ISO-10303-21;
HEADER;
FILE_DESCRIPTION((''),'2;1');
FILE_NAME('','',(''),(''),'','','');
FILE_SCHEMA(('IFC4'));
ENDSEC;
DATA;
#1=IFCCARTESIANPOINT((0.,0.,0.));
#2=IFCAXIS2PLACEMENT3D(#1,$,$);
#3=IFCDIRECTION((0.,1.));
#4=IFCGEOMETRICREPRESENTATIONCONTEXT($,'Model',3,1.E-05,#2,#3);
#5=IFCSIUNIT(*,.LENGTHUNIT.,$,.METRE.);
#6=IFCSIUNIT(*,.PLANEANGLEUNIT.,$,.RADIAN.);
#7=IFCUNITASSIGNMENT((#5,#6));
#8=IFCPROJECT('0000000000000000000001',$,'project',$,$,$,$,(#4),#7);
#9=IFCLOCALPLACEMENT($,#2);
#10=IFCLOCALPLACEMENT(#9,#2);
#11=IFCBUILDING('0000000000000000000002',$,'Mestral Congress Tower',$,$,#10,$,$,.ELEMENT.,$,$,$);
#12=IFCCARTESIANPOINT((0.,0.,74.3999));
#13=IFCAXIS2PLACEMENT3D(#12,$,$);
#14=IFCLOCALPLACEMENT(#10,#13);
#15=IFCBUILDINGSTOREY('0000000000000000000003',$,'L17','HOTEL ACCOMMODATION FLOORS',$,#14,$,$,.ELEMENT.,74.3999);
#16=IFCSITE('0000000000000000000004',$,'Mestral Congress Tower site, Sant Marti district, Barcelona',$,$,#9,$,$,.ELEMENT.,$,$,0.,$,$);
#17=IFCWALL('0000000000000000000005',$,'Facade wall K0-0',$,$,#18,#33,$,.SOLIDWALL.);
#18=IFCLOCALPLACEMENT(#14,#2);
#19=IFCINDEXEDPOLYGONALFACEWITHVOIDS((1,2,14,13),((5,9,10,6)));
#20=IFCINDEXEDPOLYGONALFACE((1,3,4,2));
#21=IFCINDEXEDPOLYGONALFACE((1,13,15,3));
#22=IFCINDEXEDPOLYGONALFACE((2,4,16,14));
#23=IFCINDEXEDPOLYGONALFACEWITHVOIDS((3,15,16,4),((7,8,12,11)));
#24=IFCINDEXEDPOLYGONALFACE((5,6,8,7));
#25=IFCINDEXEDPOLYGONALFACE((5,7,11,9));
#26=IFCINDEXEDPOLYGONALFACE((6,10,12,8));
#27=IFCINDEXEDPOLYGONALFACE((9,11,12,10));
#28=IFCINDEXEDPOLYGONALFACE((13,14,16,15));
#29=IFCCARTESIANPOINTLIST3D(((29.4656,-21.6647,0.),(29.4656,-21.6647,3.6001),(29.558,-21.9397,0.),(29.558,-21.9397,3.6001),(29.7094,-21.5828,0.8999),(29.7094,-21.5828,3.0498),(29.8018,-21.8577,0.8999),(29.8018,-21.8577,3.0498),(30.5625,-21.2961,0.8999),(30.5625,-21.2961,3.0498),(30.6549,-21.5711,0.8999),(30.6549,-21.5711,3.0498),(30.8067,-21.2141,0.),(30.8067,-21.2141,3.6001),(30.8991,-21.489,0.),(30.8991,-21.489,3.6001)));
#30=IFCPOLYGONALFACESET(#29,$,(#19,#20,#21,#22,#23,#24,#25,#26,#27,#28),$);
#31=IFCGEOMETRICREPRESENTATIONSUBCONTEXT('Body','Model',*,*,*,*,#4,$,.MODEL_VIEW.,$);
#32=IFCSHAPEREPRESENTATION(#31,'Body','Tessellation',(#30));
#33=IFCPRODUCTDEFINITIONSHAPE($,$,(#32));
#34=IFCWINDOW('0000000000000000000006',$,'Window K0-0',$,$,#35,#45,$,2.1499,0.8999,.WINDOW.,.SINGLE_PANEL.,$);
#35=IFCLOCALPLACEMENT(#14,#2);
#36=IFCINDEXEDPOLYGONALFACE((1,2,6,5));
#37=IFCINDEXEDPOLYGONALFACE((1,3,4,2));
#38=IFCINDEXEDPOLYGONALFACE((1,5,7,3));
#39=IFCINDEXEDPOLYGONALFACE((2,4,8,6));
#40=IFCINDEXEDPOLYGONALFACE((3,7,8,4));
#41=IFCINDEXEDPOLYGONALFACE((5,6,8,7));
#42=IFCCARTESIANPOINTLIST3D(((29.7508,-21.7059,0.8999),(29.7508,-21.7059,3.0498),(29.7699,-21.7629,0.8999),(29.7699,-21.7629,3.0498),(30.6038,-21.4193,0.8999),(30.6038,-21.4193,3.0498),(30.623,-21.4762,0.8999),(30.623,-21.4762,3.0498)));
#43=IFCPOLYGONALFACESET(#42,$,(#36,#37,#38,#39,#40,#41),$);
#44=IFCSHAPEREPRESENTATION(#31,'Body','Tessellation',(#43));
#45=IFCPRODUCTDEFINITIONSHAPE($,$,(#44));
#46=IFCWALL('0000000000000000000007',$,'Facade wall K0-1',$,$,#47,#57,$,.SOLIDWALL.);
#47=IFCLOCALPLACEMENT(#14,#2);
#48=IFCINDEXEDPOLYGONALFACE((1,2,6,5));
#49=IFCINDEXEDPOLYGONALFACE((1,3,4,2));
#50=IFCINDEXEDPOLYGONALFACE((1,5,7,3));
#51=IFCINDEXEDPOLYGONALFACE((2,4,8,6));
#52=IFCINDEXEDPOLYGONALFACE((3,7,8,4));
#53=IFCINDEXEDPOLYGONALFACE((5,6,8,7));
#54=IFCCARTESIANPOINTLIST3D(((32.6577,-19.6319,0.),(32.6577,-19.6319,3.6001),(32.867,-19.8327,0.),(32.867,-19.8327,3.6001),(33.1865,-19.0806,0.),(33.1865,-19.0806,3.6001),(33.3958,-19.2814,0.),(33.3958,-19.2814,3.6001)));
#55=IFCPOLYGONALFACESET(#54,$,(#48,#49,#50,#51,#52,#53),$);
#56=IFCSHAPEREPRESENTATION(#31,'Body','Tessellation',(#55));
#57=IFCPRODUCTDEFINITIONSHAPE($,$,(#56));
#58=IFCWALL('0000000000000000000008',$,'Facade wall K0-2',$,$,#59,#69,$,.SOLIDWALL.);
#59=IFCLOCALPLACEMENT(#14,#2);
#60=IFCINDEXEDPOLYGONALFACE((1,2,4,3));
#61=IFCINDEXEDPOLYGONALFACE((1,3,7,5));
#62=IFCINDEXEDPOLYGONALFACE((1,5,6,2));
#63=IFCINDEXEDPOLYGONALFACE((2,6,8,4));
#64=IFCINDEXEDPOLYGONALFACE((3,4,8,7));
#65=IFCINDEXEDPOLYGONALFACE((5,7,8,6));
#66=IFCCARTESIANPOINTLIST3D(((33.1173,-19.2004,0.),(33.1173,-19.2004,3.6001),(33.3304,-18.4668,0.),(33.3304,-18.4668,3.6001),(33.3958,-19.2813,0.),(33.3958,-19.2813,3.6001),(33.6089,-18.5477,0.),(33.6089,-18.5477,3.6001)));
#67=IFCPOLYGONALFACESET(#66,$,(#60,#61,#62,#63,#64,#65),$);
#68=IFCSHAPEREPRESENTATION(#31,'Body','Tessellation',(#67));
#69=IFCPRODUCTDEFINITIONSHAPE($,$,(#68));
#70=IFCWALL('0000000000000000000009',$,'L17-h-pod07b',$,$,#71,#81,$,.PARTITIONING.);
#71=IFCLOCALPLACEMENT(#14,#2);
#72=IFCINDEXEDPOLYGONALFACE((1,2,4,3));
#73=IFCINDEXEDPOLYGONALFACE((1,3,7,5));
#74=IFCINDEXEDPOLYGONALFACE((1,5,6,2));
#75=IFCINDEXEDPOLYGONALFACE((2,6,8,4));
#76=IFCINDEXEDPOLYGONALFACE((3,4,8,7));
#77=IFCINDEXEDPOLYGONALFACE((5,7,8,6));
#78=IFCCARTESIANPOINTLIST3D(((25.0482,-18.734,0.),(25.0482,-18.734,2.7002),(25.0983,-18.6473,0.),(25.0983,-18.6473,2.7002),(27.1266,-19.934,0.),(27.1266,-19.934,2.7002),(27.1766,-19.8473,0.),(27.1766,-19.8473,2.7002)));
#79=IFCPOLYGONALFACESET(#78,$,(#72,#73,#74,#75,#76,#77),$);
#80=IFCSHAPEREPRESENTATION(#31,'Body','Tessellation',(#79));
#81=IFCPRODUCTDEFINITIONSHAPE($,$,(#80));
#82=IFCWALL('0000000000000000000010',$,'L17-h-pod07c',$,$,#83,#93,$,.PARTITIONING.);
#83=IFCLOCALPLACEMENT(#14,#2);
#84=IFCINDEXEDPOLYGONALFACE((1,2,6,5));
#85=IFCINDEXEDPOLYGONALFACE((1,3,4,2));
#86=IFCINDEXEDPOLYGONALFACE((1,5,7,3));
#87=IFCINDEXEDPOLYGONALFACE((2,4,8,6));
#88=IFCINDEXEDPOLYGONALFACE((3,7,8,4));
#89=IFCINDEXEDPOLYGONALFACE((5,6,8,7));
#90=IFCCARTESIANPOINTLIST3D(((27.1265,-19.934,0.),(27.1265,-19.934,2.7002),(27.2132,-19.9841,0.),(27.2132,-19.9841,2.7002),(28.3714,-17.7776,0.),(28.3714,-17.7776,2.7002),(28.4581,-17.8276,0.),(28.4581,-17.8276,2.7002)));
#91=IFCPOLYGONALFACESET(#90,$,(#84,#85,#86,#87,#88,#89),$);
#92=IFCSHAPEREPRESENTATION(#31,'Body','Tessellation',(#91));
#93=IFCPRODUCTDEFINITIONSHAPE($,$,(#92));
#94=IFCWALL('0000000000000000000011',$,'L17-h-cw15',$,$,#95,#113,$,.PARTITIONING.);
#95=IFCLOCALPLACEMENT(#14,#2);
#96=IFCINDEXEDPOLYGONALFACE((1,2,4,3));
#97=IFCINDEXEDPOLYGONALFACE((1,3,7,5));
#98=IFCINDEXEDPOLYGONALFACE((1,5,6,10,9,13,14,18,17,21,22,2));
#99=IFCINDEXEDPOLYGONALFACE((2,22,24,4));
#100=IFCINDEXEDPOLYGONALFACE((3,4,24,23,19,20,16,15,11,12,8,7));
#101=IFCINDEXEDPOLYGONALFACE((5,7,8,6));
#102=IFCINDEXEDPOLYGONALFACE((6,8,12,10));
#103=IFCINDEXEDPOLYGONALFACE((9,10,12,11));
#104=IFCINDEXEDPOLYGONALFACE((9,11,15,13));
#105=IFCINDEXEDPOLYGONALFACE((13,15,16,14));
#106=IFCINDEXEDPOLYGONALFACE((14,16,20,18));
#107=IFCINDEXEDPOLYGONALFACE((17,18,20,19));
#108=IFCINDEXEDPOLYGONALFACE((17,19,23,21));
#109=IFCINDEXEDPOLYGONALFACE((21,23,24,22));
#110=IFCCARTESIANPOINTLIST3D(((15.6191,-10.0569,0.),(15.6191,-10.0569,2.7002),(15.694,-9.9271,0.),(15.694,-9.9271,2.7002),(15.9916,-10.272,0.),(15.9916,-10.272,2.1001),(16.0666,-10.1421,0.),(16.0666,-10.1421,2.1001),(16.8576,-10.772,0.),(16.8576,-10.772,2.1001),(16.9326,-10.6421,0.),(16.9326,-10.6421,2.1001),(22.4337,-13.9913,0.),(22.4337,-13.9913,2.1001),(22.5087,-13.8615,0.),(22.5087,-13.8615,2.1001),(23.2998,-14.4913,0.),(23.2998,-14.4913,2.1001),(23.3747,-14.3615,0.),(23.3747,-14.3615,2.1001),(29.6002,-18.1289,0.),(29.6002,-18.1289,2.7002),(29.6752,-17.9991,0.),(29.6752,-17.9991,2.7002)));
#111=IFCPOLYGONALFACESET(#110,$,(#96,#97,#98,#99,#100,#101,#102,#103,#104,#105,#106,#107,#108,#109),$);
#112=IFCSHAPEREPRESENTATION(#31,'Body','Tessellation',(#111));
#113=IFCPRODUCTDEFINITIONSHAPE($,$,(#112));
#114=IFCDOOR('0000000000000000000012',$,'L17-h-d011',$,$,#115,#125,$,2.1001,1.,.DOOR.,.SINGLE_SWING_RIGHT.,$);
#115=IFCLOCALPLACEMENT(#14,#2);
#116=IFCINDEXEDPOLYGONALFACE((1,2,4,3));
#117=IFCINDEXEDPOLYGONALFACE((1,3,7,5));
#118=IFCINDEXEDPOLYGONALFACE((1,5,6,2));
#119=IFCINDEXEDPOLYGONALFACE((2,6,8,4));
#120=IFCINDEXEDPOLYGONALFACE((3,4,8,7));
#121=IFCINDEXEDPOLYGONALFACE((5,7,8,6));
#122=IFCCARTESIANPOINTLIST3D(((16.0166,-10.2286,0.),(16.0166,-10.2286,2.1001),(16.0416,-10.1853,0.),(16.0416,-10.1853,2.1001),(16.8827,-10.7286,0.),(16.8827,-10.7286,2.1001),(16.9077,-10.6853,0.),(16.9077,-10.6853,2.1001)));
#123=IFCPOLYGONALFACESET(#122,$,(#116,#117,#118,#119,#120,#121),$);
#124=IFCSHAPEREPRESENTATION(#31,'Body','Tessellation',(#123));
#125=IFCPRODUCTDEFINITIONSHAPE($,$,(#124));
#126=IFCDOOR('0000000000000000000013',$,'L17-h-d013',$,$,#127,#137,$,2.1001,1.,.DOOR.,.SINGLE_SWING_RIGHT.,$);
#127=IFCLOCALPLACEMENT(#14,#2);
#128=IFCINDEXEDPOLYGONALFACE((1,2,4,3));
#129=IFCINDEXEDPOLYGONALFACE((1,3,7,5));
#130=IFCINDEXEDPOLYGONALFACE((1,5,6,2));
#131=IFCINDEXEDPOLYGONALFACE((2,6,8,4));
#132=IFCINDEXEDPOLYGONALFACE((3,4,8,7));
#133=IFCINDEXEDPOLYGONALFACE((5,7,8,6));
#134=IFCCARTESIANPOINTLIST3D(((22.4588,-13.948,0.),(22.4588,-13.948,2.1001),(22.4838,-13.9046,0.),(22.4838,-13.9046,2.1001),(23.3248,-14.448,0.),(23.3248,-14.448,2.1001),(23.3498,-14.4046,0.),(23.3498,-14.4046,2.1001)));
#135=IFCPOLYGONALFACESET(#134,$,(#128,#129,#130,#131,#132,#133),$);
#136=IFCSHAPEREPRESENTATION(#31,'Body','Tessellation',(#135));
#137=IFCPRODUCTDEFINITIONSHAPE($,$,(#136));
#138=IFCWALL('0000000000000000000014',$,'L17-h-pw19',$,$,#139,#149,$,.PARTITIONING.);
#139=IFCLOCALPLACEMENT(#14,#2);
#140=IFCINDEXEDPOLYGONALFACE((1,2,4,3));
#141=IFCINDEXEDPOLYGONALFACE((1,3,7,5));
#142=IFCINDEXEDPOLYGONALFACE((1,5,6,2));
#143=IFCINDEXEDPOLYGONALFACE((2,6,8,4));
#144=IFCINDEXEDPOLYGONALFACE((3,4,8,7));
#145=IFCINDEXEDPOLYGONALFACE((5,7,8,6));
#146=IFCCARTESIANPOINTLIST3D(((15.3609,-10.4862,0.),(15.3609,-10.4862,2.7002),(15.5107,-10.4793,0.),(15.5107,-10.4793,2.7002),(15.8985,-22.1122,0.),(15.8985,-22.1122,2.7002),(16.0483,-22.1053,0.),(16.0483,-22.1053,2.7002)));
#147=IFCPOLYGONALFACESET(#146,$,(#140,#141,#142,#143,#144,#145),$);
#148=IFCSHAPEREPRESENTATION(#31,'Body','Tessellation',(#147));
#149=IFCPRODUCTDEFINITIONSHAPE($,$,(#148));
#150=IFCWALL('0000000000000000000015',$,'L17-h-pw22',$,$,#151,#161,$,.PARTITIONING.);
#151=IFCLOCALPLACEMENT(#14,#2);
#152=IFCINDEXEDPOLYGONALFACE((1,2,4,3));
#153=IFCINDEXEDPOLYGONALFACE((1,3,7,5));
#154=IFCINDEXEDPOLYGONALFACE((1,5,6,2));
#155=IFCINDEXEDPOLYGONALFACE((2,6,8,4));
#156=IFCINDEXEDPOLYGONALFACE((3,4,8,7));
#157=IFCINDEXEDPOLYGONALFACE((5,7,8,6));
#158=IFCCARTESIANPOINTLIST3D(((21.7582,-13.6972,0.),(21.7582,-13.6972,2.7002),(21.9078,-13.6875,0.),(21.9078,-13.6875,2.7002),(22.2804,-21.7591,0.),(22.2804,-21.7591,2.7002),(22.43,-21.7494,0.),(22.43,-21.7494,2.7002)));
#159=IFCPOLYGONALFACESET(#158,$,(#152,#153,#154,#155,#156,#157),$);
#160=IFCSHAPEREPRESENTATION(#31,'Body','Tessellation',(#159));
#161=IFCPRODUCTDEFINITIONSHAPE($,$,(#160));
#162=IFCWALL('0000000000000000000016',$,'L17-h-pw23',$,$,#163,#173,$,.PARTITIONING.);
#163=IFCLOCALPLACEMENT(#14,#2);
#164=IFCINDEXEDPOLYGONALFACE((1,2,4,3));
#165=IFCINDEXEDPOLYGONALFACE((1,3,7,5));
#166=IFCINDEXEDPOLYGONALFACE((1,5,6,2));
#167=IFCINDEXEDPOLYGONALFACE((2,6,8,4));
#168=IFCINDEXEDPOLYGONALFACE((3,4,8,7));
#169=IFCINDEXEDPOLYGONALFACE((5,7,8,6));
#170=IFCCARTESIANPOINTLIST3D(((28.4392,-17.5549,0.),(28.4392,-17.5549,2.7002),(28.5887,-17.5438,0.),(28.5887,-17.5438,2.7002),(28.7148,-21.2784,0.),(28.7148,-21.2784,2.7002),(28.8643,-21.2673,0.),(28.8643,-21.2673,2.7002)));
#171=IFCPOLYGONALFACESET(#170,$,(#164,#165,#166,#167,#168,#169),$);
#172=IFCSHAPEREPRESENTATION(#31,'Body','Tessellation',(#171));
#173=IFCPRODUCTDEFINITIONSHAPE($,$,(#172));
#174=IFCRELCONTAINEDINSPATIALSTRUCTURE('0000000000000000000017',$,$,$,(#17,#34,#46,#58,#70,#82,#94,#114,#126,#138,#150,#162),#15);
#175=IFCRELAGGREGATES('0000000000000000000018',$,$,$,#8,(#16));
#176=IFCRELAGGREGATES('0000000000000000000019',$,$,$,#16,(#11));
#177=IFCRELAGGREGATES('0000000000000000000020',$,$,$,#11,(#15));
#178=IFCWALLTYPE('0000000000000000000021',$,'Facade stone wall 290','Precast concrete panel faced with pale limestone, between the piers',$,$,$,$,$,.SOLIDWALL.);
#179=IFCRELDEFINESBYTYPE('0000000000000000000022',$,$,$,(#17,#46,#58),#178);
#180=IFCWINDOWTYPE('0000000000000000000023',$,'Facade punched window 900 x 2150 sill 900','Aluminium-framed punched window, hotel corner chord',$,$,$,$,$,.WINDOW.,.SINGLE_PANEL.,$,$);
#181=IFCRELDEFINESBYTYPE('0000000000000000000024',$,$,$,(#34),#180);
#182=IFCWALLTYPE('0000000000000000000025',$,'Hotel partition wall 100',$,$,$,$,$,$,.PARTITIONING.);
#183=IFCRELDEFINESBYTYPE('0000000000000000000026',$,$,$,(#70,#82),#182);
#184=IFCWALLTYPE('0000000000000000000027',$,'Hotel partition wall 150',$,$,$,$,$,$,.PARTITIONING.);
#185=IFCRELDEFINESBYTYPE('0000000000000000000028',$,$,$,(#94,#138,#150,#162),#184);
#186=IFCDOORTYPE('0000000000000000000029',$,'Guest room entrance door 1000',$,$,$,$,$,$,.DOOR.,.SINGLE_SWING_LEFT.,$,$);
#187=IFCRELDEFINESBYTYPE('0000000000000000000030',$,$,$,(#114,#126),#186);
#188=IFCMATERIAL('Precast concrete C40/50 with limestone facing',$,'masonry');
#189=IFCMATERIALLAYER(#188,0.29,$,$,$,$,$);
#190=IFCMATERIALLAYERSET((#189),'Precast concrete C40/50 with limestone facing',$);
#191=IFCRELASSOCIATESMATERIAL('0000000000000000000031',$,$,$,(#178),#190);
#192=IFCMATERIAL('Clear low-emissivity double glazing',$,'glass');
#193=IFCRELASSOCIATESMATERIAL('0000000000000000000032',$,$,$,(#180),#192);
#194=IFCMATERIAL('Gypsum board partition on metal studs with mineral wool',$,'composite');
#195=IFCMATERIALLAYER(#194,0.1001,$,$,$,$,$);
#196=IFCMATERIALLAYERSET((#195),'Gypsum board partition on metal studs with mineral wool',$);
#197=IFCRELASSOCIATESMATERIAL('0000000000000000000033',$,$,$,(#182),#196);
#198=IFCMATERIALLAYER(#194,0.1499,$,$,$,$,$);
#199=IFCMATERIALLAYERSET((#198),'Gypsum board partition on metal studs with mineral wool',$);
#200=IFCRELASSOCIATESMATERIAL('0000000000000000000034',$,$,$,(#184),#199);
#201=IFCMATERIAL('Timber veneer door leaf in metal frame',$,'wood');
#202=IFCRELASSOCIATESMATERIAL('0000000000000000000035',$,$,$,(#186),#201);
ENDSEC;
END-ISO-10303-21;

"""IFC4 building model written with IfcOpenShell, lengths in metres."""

from ifc_helpers import new_model, si_unit, direction, frame, frame_2d, origin, place, context, subcontext, project, spatial, rectangle, extrude, material, layer, layer_set, type_object, element, fill, save


model = new_model("IFC4")

# Units and contexts
model_context = context("Model", 3, precision=1e-05, world=origin(), true_north=direction((0.0, 1.0)))
body_context = subcontext(model_context, "Body", "Model", "MODEL_VIEW")
ifc_project = project(units=[si_unit("LENGTHUNIT", "METRE"), si_unit("PLANEANGLEUNIT", "RADIAN")], contexts=[model_context])

# Site, building, storey
site_placement = place(None, origin())
site = spatial("IfcSite", under=ifc_project, at=site_placement, Name="Mestral Congress Tower site, Sant Marti district, Barcelona", CompositionType="ELEMENT", RefElevation=0.0)
building_placement = place(site_placement, origin())
building = spatial("IfcBuilding", under=site, at=building_placement, Name="Mestral Congress Tower", CompositionType="ELEMENT")
storey_placement = place(building_placement, frame((0.0, 0.0, 74.3999)))
storey = spatial("IfcBuildingStorey", under=building, at=storey_placement, Name="L17", Description="HOTEL ACCOMMODATION FLOORS", CompositionType="ELEMENT", Elevation=74.3999)

# Shared definitions
ifc_material_1 = material(Name="Precast concrete C40/50 with limestone facing", Category="masonry")
ifc_layer_1 = layer(ifc_material_1, 0.29)
ifc_layer_set_1 = layer_set([ifc_layer_1], Name="Precast concrete C40/50 with limestone facing")
wall_type_1 = type_object("IfcWallType", Name="Facade stone wall 290", Description="Precast concrete panel faced with pale limestone, between the piers", PredefinedType="SOLIDWALL", material=ifc_layer_set_1)
ifc_material_2 = material(Name="Clear low-emissivity double glazing", Category="glass")

# Wall, opening, window
wall_1_placement = place(storey_placement, frame((29.5117, -21.8022, 0.0), z_axis=(0.0, 0.0, 1.0), x_axis=(0.947904, 0.318556, 0.0)))
wall_1 = element("IfcWall", 1, at=wall_1_placement, inside=storey, type_object=wall_type_1, Name="Facade wall K0-0", PredefinedType="SOLIDWALL", context=body_context, shape_type="SweptSolid", body=[
    extrude(rectangle(XDim=1.4148, YDim=0.29, at=frame_2d((0.7075, 0.0))), origin(), (0.0, 0.0, 1.0), 3.6001),
])
opening_1_placement = place(wall_1_placement, frame((0.2573, 0.0, 0.8999)))
opening_1 = element("IfcOpeningElement", 2, at=opening_1_placement, cuts=wall_1, PredefinedType="OPENING", context=body_context, shape_type="SweptSolid", body=[
    extrude(rectangle(XDim=0.8999, YDim=2.1499, at=frame_2d((0.45, 1.075))), frame((0.0, 0.155, 0.0), z_axis=(0.0, -1.0, 0.0), x_axis=(1.0, 0.0, 0.0)), (0.0, 0.0, 1.0), 0.3101),
])
window_type_1 = type_object("IfcWindowType", Name="Facade punched window 900 x 2150 sill 900", Description="Aluminium-framed punched window, hotel corner chord", PartitioningType="SINGLE_PANEL", PredefinedType="WINDOW", material=ifc_material_2)
window_1_placement = place(opening_1_placement, origin())
window_1 = element("IfcWindow", 3, at=window_1_placement, inside=storey, type_object=window_type_1, Name="Window K0-0", OverallHeight=2.1499, OverallWidth=0.8999, PartitioningType="SINGLE_PANEL", PredefinedType="WINDOW", context=body_context, shape_type="SweptSolid", body=[
    extrude(rectangle(XDim=0.8999, YDim=2.1499, at=frame_2d((0.45, 1.075))), frame((0.0, 0.0151, 0.0), z_axis=(0.0, -1.0, 0.0), x_axis=(1.0, 0.0, 0.0)), (0.0, 0.0, 1.0), 0.0601),
])
fill(opening_1, window_1)

# Walls
for number, where, z_axis, x_axis, name in (
    (4, (32.7625, -19.7322, 0.0), (0.0, 0.0, 1.0), (0.692252, 0.721656, 0.0), "Facade wall K0-1"),
    (5, (33.2566, -19.2407, 0.0), (0.0, 0.0, 1.0), (0.278981, 0.960297, 0.0), "Facade wall K0-2"),
):
    element("IfcWall", number, at=place(storey_placement, frame(where, z_axis=z_axis, x_axis=x_axis)), inside=storey, type_object=wall_type_1, Name=name, PredefinedType="SOLIDWALL", context=body_context, shape_type="SweptSolid", body=[
        extrude(rectangle(XDim=0.7639, YDim=0.29, at=frame_2d((0.3818, 0.0))), origin(), (0.0, 0.0, 1.0), 3.6001),
    ])
ifc_material_3 = material(Name="Gypsum board partition on metal studs with mineral wool", Category="composite")
ifc_layer_2 = layer(ifc_material_3, 0.1001)
ifc_layer_set_2 = layer_set([ifc_layer_2], Name="Gypsum board partition on metal studs with mineral wool")
wall_type_2 = type_object("IfcWallType", Name="Hotel partition wall 100", PredefinedType="PARTITIONING", material=ifc_layer_set_2)
wall_2_placement = place(storey_placement, frame((25.0732, -18.6907, 0.0), z_axis=(0.0, 0.0, 1.0), x_axis=(0.866025, -0.500001, 0.0)))
element("IfcWall", 6, at=wall_2_placement, inside=storey, type_object=wall_type_2, Name="L17-h-pod07b", PredefinedType="PARTITIONING", context=body_context, shape_type="SweptSolid", body=[
    extrude(rectangle(XDim=2.3999, YDim=0.1001, at=frame_2d((1.2, 0.0))), origin(), (0.0, 0.0, 1.0), 2.7002),
])
wall_3_placement = place(storey_placement, frame((28.4148, -17.8025, 0.0), z_axis=(0.0, 0.0, 1.0), x_axis=(-0.499946, -0.866057, 0.0)))
element("IfcWall", 7, at=wall_3_placement, inside=storey, type_object=wall_type_2, Name="L17-h-pod07c", PredefinedType="PARTITIONING", context=body_context, shape_type="SweptSolid", body=[
    extrude(rectangle(XDim=2.49, YDim=0.1001, at=frame_2d((1.2451, 0.0))), origin(), (0.0, 0.0, 1.0), 2.7002),
])

# Wall, openings, doors
ifc_layer_3 = layer(ifc_material_3, 0.1499)
ifc_layer_set_3 = layer_set([ifc_layer_3], Name="Gypsum board partition on metal studs with mineral wool")
wall_type_3 = type_object("IfcWallType", Name="Hotel partition wall 150", PredefinedType="PARTITIONING", material=ifc_layer_set_3)
wall_4_placement = place(storey_placement, frame((29.6377, -18.064, 0.0), z_axis=(0.0, 0.0, 1.0), x_axis=(-0.866026, 0.499999, 0.0)))
wall_4 = element("IfcWall", 8, at=wall_4_placement, inside=storey, type_object=wall_type_3, Name="L17-h-cw15", PredefinedType="PARTITIONING", context=body_context, shape_type="SweptSolid", body=[
    extrude(rectangle(XDim=16.144, YDim=0.1499, at=frame_2d((8.072, 0.0))), origin(), (0.0, 0.0, 1.0), 2.7002),
])
opening_2_placement = place(wall_4_placement, frame((14.7139, 0.0, 0.0)))
opening_2 = element("IfcOpeningElement", 9, at=opening_2_placement, cuts=wall_4, PredefinedType="OPENING", context=body_context, shape_type="SweptSolid", body=[
    extrude(rectangle(XDim=1.0, YDim=2.1001, at=frame_2d((0.5, 1.05))), frame((0.0, 0.085, 0.0), z_axis=(0.0, -1.0, 0.0), x_axis=(1.0, 0.0, 0.0)), (0.0, 0.0, 1.0), 0.1699),
])
opening_3_placement = place(wall_4_placement, frame((7.2751, 0.0, 0.0)))
opening_3 = element("IfcOpeningElement", 10, at=opening_3_placement, cuts=wall_4, PredefinedType="OPENING", context=body_context, shape_type="SweptSolid", body=[
    extrude(rectangle(XDim=1.0, YDim=2.1001, at=frame_2d((0.5, 1.05))), frame((0.0, 0.085, 0.0), z_axis=(0.0, -1.0, 0.0), x_axis=(1.0, 0.0, 0.0)), (0.0, 0.0, 1.0), 0.1699),
])
ifc_material_4 = material(Name="Timber veneer door leaf in metal frame", Category="wood")
door_type = type_object("IfcDoorType", Name="Guest room entrance door 1000", OperationType="SINGLE_SWING_LEFT", PredefinedType="DOOR", material=ifc_material_4)
door_1_placement = place(opening_2_placement, origin())
door_1 = element("IfcDoor", 11, at=door_1_placement, inside=storey, type_object=door_type, Name="L17-h-d011", OperationType="SINGLE_SWING_RIGHT", OverallHeight=2.1001, OverallWidth=1.0, PredefinedType="DOOR", context=body_context, shape_type="SweptSolid", body=[
    extrude(rectangle(XDim=1.0, YDim=2.1001, at=frame_2d((0.5, 1.05))), frame((0.0, 0.0249, 0.0), z_axis=(0.0, -1.0, 0.0), x_axis=(1.0, 0.0, 0.0)), (0.0, 0.0, 1.0), 0.05),
])
fill(opening_2, door_1)
door_2_placement = place(opening_3_placement, origin())
door_2 = element("IfcDoor", 12, at=door_2_placement, inside=storey, type_object=door_type, Name="L17-h-d013", OperationType="SINGLE_SWING_RIGHT", OverallHeight=2.1001, OverallWidth=1.0, PredefinedType="DOOR", context=body_context, shape_type="SweptSolid", body=[
    extrude(rectangle(XDim=1.0, YDim=2.1001, at=frame_2d((0.5, 1.05))), frame((0.0, 0.0249, 0.0), z_axis=(0.0, -1.0, 0.0), x_axis=(1.0, 0.0, 0.0)), (0.0, 0.0, 1.0), 0.05),
])
fill(opening_3, door_2)

# Walls
wall_5_placement = place(storey_placement, frame((15.9734, -22.1089, 0.0), z_axis=(0.0, 0.0, 1.0), x_axis=(-0.046192, 0.998933, 0.0)))
element("IfcWall", 13, at=wall_5_placement, inside=storey, type_object=wall_type_3, Name="L17-h-pw19", PredefinedType="PARTITIONING", context=body_context, shape_type="SweptSolid", body=[
    extrude(rectangle(XDim=11.6384, YDim=0.1499, at=frame_2d((5.8193, 0.0))), origin(), (0.0, 0.0, 1.0), 2.7002),
])
wall_6_placement = place(storey_placement, frame((22.3552, -21.7544, 0.0), z_axis=(0.0, 0.0, 1.0), x_axis=(-0.06464, 0.997909, 0.0)))
element("IfcWall", 14, at=wall_6_placement, inside=storey, type_object=wall_type_3, Name="L17-h-pw22", PredefinedType="PARTITIONING", context=body_context, shape_type="SweptSolid", body=[
    extrude(rectangle(XDim=8.0789, YDim=0.1499, at=frame_2d((4.0396, 0.0))), origin(), (0.0, 0.0, 1.0), 2.7002),
])
wall_7_placement = place(storey_placement, frame((28.7896, -21.2727, 0.0), z_axis=(0.0, 0.0, 1.0), x_axis=(-0.073826, 0.997271, 0.0)))
element("IfcWall", 15, at=wall_7_placement, inside=storey, type_object=wall_type_3, Name="L17-h-pw23", PredefinedType="PARTITIONING", context=body_context, shape_type="SweptSolid", body=[
    extrude(rectangle(XDim=3.7336, YDim=0.1499, at=frame_2d((1.8667, 0.0))), origin(), (0.0, 0.0, 1.0), 2.7002),
])

save(model, "model.ifc")
